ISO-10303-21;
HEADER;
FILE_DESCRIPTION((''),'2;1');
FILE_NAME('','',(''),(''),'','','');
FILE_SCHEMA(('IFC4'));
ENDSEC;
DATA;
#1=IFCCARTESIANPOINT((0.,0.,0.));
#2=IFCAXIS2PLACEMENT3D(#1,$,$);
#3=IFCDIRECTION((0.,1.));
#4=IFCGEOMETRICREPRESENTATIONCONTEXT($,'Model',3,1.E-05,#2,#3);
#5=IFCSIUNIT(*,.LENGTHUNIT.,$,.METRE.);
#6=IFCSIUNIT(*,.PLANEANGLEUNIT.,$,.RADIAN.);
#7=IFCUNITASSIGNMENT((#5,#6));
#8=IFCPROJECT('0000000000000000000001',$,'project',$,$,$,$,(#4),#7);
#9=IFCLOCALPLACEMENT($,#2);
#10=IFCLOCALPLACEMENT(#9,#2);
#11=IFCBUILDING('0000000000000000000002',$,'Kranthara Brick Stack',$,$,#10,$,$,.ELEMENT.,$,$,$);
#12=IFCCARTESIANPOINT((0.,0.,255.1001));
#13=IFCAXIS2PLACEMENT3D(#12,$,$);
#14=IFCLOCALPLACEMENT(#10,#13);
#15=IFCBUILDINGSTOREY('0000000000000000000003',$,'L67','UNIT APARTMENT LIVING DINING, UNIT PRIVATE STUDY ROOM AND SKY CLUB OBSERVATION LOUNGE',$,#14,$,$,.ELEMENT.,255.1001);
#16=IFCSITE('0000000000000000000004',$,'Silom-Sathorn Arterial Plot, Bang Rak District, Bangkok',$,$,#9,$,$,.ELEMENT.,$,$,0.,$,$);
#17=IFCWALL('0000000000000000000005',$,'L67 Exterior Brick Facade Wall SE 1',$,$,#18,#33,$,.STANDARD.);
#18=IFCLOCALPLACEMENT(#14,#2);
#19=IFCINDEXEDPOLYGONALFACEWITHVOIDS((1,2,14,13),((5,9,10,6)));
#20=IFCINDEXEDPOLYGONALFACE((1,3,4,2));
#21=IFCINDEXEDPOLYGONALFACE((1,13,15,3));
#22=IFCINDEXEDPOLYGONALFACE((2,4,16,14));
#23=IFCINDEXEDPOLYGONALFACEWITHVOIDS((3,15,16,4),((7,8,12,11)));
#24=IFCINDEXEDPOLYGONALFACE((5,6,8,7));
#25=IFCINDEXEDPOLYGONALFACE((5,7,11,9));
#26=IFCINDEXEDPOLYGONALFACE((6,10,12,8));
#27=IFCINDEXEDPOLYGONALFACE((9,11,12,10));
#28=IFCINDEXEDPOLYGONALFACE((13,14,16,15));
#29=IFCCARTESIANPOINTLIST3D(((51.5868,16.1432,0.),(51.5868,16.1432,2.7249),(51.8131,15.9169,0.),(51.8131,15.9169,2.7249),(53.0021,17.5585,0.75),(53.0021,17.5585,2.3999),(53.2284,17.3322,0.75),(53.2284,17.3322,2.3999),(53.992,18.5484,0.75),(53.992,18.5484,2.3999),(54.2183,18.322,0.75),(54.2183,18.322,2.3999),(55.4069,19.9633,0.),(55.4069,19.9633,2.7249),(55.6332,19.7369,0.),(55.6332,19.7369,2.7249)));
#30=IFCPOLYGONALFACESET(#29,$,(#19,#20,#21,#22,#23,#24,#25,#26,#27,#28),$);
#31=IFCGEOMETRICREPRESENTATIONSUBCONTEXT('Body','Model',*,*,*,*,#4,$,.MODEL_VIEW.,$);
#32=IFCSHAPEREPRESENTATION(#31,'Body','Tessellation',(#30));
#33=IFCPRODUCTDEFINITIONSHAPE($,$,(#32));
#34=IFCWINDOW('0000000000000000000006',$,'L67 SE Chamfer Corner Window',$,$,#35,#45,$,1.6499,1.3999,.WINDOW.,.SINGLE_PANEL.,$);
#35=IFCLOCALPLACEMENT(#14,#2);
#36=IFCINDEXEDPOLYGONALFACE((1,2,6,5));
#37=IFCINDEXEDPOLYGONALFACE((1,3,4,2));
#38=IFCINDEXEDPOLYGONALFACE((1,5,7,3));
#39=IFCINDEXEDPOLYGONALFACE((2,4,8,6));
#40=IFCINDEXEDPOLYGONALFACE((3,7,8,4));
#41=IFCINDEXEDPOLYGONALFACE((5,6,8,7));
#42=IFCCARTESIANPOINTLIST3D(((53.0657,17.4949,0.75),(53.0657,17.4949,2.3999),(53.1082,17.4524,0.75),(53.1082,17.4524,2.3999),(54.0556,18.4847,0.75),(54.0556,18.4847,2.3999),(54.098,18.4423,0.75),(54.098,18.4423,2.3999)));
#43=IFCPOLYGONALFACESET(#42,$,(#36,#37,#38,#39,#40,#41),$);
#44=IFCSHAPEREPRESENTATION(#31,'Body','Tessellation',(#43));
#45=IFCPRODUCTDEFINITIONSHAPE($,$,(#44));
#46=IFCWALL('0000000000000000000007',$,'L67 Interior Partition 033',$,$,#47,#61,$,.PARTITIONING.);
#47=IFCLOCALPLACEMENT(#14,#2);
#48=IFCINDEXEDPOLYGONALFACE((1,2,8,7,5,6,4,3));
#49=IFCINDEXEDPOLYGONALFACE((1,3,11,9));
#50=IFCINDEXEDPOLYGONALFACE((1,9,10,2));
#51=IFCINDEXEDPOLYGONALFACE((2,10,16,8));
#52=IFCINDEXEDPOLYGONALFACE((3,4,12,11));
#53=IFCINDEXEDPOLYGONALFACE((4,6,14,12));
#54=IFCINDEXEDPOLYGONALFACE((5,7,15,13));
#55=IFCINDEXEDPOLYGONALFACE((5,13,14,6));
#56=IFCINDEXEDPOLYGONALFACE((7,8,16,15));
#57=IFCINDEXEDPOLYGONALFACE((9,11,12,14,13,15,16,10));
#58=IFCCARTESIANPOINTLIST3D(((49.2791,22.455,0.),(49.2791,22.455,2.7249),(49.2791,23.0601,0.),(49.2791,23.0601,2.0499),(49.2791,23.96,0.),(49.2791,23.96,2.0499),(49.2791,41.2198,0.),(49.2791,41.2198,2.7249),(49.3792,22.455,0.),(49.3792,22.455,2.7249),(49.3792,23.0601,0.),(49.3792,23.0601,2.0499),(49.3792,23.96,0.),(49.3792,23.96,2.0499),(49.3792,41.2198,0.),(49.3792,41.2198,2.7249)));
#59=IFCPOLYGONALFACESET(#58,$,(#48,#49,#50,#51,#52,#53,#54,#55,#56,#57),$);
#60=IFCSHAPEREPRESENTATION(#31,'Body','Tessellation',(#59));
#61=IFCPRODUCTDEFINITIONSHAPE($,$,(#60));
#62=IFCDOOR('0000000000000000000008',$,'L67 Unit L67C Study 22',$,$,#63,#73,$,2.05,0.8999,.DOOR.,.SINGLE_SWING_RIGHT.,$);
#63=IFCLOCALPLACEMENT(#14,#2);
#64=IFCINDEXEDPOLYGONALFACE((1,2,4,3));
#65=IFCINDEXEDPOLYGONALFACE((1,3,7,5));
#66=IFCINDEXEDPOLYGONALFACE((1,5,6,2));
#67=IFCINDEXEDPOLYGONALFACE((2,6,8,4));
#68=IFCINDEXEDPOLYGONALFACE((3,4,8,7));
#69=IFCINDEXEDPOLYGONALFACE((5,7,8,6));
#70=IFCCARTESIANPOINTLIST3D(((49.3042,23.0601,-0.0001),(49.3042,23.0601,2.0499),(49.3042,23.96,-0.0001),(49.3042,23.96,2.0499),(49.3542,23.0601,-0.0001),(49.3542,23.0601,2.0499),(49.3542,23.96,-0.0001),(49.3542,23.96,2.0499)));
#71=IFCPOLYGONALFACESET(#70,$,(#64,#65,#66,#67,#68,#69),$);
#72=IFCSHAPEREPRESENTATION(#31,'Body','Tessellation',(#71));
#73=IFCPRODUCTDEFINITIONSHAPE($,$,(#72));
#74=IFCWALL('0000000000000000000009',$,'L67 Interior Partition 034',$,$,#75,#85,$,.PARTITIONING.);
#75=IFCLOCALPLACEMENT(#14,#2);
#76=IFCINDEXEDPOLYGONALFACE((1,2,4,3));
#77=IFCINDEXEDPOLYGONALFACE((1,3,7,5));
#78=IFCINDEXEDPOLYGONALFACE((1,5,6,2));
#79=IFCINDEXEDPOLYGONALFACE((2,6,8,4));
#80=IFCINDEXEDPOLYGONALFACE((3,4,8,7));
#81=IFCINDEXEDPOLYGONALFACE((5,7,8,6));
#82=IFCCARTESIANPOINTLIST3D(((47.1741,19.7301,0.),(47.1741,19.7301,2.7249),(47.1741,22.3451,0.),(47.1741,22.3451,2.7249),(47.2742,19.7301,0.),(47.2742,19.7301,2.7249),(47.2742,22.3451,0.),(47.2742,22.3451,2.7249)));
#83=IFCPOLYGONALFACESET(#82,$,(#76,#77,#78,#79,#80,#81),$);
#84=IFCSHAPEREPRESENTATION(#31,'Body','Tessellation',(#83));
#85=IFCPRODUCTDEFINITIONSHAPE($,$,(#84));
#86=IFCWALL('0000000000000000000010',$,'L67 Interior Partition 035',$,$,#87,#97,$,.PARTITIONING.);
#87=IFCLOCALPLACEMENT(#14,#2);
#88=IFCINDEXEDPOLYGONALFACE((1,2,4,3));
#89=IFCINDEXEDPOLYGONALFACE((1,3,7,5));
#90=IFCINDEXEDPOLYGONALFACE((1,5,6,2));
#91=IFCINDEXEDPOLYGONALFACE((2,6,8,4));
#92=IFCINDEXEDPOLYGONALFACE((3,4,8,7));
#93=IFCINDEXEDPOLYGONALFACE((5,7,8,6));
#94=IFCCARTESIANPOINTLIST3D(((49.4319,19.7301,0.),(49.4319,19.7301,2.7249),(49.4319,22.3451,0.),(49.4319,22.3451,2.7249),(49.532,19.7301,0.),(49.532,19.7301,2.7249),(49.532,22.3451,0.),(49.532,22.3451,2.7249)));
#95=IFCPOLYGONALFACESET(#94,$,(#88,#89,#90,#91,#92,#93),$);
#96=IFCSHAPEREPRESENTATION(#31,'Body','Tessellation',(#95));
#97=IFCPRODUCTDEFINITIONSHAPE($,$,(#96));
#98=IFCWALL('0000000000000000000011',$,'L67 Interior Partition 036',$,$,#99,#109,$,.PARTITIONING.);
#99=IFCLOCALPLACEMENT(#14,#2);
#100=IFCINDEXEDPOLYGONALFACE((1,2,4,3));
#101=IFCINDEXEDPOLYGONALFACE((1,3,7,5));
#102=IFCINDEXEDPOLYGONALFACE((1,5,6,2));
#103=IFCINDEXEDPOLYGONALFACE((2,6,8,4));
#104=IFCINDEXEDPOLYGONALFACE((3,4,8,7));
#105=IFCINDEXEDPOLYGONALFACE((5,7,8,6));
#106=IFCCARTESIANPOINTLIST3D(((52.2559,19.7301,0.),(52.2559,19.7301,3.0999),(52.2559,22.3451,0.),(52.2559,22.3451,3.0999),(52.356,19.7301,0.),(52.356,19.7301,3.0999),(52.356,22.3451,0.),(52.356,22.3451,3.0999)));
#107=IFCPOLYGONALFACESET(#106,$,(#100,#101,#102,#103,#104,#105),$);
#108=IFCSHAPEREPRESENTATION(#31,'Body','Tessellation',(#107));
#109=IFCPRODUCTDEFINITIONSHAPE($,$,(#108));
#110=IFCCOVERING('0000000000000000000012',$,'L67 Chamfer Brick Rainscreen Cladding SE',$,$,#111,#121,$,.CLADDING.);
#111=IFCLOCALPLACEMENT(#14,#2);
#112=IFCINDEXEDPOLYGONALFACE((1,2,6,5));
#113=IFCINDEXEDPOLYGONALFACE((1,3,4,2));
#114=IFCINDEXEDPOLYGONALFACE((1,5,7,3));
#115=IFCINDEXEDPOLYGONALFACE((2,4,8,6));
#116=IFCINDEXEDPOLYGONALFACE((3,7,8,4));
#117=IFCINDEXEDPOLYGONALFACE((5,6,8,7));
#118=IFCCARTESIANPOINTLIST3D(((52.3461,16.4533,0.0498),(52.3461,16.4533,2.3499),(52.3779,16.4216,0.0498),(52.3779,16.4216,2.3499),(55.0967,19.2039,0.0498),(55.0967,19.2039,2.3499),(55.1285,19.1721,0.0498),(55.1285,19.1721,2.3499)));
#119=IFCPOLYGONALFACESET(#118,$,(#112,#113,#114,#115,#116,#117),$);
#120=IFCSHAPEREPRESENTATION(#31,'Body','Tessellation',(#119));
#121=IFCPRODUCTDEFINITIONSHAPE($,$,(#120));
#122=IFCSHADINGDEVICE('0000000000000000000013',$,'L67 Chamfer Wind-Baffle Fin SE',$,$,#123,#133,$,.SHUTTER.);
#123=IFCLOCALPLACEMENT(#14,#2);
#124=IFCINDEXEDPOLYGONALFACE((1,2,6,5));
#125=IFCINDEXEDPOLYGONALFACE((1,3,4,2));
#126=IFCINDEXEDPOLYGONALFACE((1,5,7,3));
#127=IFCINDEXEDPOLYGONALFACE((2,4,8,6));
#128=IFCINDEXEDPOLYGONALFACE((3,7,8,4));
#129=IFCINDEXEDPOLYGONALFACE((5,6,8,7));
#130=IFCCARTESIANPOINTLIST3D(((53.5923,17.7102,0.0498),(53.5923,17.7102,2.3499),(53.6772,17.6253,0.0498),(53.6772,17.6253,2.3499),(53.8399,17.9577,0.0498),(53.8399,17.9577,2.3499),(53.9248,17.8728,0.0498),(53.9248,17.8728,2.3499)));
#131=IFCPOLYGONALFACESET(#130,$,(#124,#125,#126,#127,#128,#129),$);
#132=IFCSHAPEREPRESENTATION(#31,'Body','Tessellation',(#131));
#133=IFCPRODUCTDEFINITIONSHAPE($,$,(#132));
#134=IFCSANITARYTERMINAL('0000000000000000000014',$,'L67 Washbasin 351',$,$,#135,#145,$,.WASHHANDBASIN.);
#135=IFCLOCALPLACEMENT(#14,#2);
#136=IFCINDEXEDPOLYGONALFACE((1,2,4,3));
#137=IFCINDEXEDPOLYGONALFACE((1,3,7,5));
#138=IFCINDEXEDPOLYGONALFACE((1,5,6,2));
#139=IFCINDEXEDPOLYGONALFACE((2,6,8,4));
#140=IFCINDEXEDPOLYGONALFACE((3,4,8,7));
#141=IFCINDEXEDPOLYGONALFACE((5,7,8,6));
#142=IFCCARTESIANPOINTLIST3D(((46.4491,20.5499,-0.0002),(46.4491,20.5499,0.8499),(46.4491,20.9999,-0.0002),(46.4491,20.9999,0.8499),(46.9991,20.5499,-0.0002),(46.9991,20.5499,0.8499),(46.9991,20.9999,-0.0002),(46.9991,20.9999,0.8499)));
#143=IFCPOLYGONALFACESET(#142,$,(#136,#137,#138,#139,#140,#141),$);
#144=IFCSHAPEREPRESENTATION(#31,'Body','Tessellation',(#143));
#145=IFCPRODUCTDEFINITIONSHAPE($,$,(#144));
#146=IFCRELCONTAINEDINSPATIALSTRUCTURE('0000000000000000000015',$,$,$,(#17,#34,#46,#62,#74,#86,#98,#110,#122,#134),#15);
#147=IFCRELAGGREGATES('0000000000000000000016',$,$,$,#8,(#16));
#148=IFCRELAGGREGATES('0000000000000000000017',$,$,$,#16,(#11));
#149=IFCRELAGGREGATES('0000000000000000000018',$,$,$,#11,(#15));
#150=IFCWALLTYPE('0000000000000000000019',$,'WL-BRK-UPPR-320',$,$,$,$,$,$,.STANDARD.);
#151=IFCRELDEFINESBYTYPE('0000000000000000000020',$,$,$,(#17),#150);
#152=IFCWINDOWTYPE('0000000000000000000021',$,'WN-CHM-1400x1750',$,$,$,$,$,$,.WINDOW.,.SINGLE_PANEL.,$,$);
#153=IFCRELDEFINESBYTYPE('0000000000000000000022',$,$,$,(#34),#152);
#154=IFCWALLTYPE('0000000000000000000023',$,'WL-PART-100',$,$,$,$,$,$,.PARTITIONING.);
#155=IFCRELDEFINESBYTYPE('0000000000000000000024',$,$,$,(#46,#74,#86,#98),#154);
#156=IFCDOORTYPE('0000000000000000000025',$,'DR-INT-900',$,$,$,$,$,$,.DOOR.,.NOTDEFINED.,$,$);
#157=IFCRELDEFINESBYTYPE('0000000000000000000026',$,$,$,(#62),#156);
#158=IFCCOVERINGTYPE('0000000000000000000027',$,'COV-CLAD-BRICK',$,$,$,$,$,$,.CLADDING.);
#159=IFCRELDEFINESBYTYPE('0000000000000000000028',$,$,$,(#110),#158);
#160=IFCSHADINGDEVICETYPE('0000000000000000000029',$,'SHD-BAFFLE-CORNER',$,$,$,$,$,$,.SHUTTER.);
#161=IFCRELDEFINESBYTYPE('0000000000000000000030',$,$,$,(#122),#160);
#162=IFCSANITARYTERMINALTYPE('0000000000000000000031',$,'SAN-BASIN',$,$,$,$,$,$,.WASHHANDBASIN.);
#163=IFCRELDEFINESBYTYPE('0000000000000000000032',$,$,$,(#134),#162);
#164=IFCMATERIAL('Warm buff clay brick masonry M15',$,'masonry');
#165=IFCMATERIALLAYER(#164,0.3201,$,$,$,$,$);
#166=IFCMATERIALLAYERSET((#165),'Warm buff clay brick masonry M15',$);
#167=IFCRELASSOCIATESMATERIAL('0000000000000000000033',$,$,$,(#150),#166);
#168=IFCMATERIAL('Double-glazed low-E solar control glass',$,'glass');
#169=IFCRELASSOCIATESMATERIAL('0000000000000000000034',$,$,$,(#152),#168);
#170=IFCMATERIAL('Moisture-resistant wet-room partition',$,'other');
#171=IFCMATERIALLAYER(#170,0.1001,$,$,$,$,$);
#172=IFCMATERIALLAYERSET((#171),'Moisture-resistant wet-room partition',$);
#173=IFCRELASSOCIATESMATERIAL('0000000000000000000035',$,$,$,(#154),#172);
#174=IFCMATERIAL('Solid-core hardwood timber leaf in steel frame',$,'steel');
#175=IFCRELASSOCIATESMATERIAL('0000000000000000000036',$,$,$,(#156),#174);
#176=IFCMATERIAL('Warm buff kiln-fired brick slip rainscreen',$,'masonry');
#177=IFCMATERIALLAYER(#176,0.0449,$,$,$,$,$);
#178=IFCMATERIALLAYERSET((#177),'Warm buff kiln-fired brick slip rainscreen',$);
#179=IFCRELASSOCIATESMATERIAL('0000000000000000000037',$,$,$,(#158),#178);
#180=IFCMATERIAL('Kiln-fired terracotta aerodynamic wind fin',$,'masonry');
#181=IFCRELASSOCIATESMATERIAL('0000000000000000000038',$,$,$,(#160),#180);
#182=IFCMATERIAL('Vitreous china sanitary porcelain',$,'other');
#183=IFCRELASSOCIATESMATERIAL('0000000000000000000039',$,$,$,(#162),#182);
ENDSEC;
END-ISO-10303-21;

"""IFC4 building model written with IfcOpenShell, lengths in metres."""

from ifc_helpers import new_model, si_unit, direction, frame, frame_2d, origin, origin_2d, place, context, subcontext, project, spatial, rectangle, extrude, material, layer, layer_set, type_object, element, fill, save


model = new_model("IFC4")

# Units and contexts
model_context = context("Model", 3, precision=1e-05, world=origin(), true_north=direction((0.0, 1.0)))
body_context = subcontext(model_context, "Body", "Model", "MODEL_VIEW")
ifc_project = project(units=[si_unit("LENGTHUNIT", "METRE"), si_unit("PLANEANGLEUNIT", "RADIAN")], contexts=[model_context])

# Site, building, storey
site_placement = place(None, origin())
site = spatial("IfcSite", under=ifc_project, at=site_placement, Name="Silom-Sathorn Arterial Plot, Bang Rak District, Bangkok", CompositionType="ELEMENT", RefElevation=0.0)
building_placement = place(site_placement, origin())
building = spatial("IfcBuilding", under=site, at=building_placement, Name="Kranthara Brick Stack", CompositionType="ELEMENT")
storey_placement = place(building_placement, frame((0.0, 0.0, 255.1001)))
storey = spatial("IfcBuildingStorey", under=building, at=storey_placement, Name="L67", Description="UNIT APARTMENT LIVING DINING, UNIT PRIVATE STUDY ROOM AND SKY CLUB OBSERVATION LOUNGE", CompositionType="ELEMENT", Elevation=255.1001)

# Shared definitions
ifc_material_1 = material(Name="Warm buff clay brick masonry M15", Category="masonry")
ifc_layer_1 = layer(ifc_material_1, 0.3201)
ifc_layer_set_1 = layer_set([ifc_layer_1], Name="Warm buff clay brick masonry M15")
wall_type_1 = type_object("IfcWallType", Name="WL-BRK-UPPR-320", PredefinedType="STANDARD", material=ifc_layer_set_1)

# Wall, opening, window
wall_1_placement = place(storey_placement, frame((55.52, 19.8501, 0.0), z_axis=(0.0, 0.0, 1.0), x_axis=(-0.707107, -0.707107, 0.0)))
wall_1 = element("IfcWall", 1, at=wall_1_placement, inside=storey, type_object=wall_type_1, Name="L67 Exterior Brick Facade Wall SE 1", PredefinedType="STANDARD", context=body_context, shape_type="SweptSolid", body=[
    extrude(rectangle(XDim=5.4023, YDim=0.3201, at=frame_2d((2.7012, 0.0))), origin(), (0.0, 0.0, 1.0), 2.7249),
])
opening_1_placement = place(wall_1_placement, frame((2.001, 0.0, 0.75)))
opening_1 = element("IfcOpeningElement", 2, at=opening_1_placement, cuts=wall_1, PredefinedType="OPENING", context=body_context, shape_type="SweptSolid", body=[
    extrude(rectangle(XDim=1.3999, YDim=1.6499, at=frame_2d((0.7, 0.825))), frame((0.0, 0.1699, 0.0), z_axis=(0.0, -1.0, 0.0), x_axis=(1.0, 0.0, 0.0)), (0.0, 0.0, 1.0), 0.3401),
])
ifc_material_2 = material(Name="Double-glazed low-E solar control glass", Category="glass")
window_type_1 = type_object("IfcWindowType", Name="WN-CHM-1400x1750", PartitioningType="SINGLE_PANEL", PredefinedType="WINDOW", material=ifc_material_2)
window_1_placement = place(opening_1_placement, origin())
window_1 = element("IfcWindow", 3, at=window_1_placement, inside=storey, type_object=window_type_1, Name="L67 SE Chamfer Corner Window", OverallHeight=1.6499, OverallWidth=1.3999, PartitioningType="SINGLE_PANEL", PredefinedType="WINDOW", context=body_context, shape_type="SweptSolid", body=[
    extrude(rectangle(XDim=1.3999, YDim=1.6499, at=frame_2d((0.7, 0.825))), frame((0.0, -0.01, 0.0), z_axis=(0.0, -1.0, 0.0), x_axis=(1.0, 0.0, 0.0)), (0.0, 0.0, 1.0), 0.0601),
])
fill(opening_1, window_1)

# Wall, opening, door
ifc_material_3 = material(Name="Moisture-resistant wet-room partition", Category="other")
ifc_layer_2 = layer(ifc_material_3, 0.1001)
ifc_layer_set_2 = layer_set([ifc_layer_2], Name="Moisture-resistant wet-room partition")
wall_type_2 = type_object("IfcWallType", Name="WL-PART-100", PredefinedType="PARTITIONING", material=ifc_layer_set_2)
wall_2_placement = place(storey_placement, frame((49.3291, 22.4551, 0.0), z_axis=(0.0, 0.0, 1.0), x_axis=(0.0, 1.0, 0.0)))
wall_2 = element("IfcWall", 4, at=wall_2_placement, inside=storey, type_object=wall_type_2, Name="L67 Interior Partition 033", PredefinedType="PARTITIONING", context=body_context, shape_type="SweptSolid", body=[
    extrude(rectangle(XDim=18.7649, YDim=0.1001, at=frame_2d((9.3823, 0.0))), origin(), (0.0, 0.0, 1.0), 2.7249),
])
opening_2_placement = place(wall_2_placement, frame((0.605, 0.0, 0.0)))
opening_2 = element("IfcOpeningElement", 5, at=opening_2_placement, cuts=wall_2, PredefinedType="OPENING", context=body_context, shape_type="SweptSolid", body=[
    extrude(rectangle(XDim=0.8999, YDim=2.05, at=frame_2d((0.45, 1.0249))), frame((0.0, 0.0601, 0.0), z_axis=(0.0, -1.0, 0.0), x_axis=(1.0, 0.0, 0.0)), (0.0, 0.0, 1.0), 0.1201),
])
ifc_material_4 = material(Name="Solid-core hardwood timber leaf in steel frame", Category="steel")
door_type_1 = type_object("IfcDoorType", Name="DR-INT-900", OperationType="NOTDEFINED", PredefinedType="DOOR", material=ifc_material_4)
door_1_placement = place(opening_2_placement, origin())
door_1 = element("IfcDoor", 6, at=door_1_placement, inside=storey, type_object=door_type_1, Name="L67 Unit L67C Study 22", OperationType="SINGLE_SWING_RIGHT", OverallHeight=2.05, OverallWidth=0.8999, PredefinedType="DOOR", context=body_context, shape_type="SweptSolid", body=[
    extrude(rectangle(XDim=0.8999, YDim=2.05, at=frame_2d((0.45, 1.0249))), frame((0.0, 0.0249, 0.0), z_axis=(0.0, -1.0, 0.0), x_axis=(1.0, 0.0, 0.0)), (0.0, 0.0, 1.0), 0.05),
])
fill(opening_2, door_1)

# Walls
for number, where, z_axis, x_axis, name in (
    (7, (47.2241, 19.73, 0.0), (0.0, 0.0, 1.0), (0.0, 1.0, 0.0), "L67 Interior Partition 034"),
    (8, (49.4819, 19.73, 0.0), (0.0, 0.0, 1.0), (0.0, 1.0, 0.0), "L67 Interior Partition 035"),
):
    element("IfcWall", number, at=place(storey_placement, frame(where, z_axis=z_axis, x_axis=x_axis)), inside=storey, type_object=wall_type_2, Name=name, PredefinedType="PARTITIONING", context=body_context, shape_type="SweptSolid", body=[
        extrude(rectangle(XDim=2.615, YDim=0.1001, at=frame_2d((1.3076, 0.0))), origin(), (0.0, 0.0, 1.0), 2.7249),
    ])
wall_3_placement = place(storey_placement, frame((52.3059, 19.73, 0.0), z_axis=(0.0, 0.0, 1.0), x_axis=(0.0, 1.0, 0.0)))
element("IfcWall", 9, at=wall_3_placement, inside=storey, type_object=wall_type_2, Name="L67 Interior Partition 036", PredefinedType="PARTITIONING", context=body_context, shape_type="SweptSolid", body=[
    extrude(rectangle(XDim=2.615, YDim=0.1001, at=frame_2d((1.3076, 0.0))), origin(), (0.0, 0.0, 1.0), 3.0999),
])

# Covering
ifc_material_5 = material(Name="Warm buff kiln-fired brick slip rainscreen", Category="masonry")
ifc_layer_3 = layer(ifc_material_5, 0.0449)
ifc_layer_set_3 = layer_set([ifc_layer_3], Name="Warm buff kiln-fired brick slip rainscreen")
covering_type = type_object("IfcCoveringType", Name="COV-CLAD-BRICK", PredefinedType="CLADDING", material=ifc_layer_set_3)
covering_placement = place(storey_placement, frame((53.7373, 17.8127, 0.0498), z_axis=(0.0, 0.0, 1.0), x_axis=(-0.707107, -0.707107, 0.0)))
element("IfcCovering", 10, at=covering_placement, inside=storey, type_object=covering_type, Name="L67 Chamfer Brick Rainscreen Cladding SE", PredefinedType="CLADDING", context=body_context, shape_type="SweptSolid", body=[
    extrude(rectangle(XDim=3.8899, YDim=0.0449, at=origin_2d()), origin(), (0.0, 0.0, 1.0), 2.3),
])

# Shading device
ifc_material_6 = material(Name="Kiln-fired terracotta aerodynamic wind fin", Category="masonry")
shading_device_type = type_object("IfcShadingDeviceType", Name="SHD-BAFFLE-CORNER", PredefinedType="SHUTTER", material=ifc_material_6)
shading_device_placement = place(storey_placement, frame((53.7585, 17.7915, 0.0498), z_axis=(0.0, 0.0, 1.0), x_axis=(-0.707107, -0.707107, 0.0)))
element("IfcShadingDevice", 11, at=shading_device_placement, inside=storey, type_object=shading_device_type, Name="L67 Chamfer Wind-Baffle Fin SE", PredefinedType="SHUTTER", context=body_context, shape_type="SweptSolid", body=[
    extrude(rectangle(XDim=0.3501, YDim=0.1201, at=origin_2d()), origin(), (0.0, 0.0, 1.0), 2.3),
])

# Sanitary terminal
ifc_material_7 = material(Name="Vitreous china sanitary porcelain", Category="other")
sanitary_terminal_type = type_object("IfcSanitaryTerminalType", Name="SAN-BASIN", PredefinedType="WASHHANDBASIN", material=ifc_material_7)
sanitary_terminal_placement = place(storey_placement, frame((46.7241, 20.7749, -0.0002), z_axis=(0.0, 0.0, 1.0), x_axis=(1.0, 0.0, 0.0)))
element("IfcSanitaryTerminal", 12, at=sanitary_terminal_placement, inside=storey, type_object=sanitary_terminal_type, Name="L67 Washbasin 351", PredefinedType="WASHHANDBASIN", context=body_context, shape_type="SweptSolid", body=[
    extrude(rectangle(XDim=0.55, YDim=0.45, at=origin_2d()), origin(), (0.0, 0.0, 1.0), 0.8501),
])

save(model, "model.ifc")
